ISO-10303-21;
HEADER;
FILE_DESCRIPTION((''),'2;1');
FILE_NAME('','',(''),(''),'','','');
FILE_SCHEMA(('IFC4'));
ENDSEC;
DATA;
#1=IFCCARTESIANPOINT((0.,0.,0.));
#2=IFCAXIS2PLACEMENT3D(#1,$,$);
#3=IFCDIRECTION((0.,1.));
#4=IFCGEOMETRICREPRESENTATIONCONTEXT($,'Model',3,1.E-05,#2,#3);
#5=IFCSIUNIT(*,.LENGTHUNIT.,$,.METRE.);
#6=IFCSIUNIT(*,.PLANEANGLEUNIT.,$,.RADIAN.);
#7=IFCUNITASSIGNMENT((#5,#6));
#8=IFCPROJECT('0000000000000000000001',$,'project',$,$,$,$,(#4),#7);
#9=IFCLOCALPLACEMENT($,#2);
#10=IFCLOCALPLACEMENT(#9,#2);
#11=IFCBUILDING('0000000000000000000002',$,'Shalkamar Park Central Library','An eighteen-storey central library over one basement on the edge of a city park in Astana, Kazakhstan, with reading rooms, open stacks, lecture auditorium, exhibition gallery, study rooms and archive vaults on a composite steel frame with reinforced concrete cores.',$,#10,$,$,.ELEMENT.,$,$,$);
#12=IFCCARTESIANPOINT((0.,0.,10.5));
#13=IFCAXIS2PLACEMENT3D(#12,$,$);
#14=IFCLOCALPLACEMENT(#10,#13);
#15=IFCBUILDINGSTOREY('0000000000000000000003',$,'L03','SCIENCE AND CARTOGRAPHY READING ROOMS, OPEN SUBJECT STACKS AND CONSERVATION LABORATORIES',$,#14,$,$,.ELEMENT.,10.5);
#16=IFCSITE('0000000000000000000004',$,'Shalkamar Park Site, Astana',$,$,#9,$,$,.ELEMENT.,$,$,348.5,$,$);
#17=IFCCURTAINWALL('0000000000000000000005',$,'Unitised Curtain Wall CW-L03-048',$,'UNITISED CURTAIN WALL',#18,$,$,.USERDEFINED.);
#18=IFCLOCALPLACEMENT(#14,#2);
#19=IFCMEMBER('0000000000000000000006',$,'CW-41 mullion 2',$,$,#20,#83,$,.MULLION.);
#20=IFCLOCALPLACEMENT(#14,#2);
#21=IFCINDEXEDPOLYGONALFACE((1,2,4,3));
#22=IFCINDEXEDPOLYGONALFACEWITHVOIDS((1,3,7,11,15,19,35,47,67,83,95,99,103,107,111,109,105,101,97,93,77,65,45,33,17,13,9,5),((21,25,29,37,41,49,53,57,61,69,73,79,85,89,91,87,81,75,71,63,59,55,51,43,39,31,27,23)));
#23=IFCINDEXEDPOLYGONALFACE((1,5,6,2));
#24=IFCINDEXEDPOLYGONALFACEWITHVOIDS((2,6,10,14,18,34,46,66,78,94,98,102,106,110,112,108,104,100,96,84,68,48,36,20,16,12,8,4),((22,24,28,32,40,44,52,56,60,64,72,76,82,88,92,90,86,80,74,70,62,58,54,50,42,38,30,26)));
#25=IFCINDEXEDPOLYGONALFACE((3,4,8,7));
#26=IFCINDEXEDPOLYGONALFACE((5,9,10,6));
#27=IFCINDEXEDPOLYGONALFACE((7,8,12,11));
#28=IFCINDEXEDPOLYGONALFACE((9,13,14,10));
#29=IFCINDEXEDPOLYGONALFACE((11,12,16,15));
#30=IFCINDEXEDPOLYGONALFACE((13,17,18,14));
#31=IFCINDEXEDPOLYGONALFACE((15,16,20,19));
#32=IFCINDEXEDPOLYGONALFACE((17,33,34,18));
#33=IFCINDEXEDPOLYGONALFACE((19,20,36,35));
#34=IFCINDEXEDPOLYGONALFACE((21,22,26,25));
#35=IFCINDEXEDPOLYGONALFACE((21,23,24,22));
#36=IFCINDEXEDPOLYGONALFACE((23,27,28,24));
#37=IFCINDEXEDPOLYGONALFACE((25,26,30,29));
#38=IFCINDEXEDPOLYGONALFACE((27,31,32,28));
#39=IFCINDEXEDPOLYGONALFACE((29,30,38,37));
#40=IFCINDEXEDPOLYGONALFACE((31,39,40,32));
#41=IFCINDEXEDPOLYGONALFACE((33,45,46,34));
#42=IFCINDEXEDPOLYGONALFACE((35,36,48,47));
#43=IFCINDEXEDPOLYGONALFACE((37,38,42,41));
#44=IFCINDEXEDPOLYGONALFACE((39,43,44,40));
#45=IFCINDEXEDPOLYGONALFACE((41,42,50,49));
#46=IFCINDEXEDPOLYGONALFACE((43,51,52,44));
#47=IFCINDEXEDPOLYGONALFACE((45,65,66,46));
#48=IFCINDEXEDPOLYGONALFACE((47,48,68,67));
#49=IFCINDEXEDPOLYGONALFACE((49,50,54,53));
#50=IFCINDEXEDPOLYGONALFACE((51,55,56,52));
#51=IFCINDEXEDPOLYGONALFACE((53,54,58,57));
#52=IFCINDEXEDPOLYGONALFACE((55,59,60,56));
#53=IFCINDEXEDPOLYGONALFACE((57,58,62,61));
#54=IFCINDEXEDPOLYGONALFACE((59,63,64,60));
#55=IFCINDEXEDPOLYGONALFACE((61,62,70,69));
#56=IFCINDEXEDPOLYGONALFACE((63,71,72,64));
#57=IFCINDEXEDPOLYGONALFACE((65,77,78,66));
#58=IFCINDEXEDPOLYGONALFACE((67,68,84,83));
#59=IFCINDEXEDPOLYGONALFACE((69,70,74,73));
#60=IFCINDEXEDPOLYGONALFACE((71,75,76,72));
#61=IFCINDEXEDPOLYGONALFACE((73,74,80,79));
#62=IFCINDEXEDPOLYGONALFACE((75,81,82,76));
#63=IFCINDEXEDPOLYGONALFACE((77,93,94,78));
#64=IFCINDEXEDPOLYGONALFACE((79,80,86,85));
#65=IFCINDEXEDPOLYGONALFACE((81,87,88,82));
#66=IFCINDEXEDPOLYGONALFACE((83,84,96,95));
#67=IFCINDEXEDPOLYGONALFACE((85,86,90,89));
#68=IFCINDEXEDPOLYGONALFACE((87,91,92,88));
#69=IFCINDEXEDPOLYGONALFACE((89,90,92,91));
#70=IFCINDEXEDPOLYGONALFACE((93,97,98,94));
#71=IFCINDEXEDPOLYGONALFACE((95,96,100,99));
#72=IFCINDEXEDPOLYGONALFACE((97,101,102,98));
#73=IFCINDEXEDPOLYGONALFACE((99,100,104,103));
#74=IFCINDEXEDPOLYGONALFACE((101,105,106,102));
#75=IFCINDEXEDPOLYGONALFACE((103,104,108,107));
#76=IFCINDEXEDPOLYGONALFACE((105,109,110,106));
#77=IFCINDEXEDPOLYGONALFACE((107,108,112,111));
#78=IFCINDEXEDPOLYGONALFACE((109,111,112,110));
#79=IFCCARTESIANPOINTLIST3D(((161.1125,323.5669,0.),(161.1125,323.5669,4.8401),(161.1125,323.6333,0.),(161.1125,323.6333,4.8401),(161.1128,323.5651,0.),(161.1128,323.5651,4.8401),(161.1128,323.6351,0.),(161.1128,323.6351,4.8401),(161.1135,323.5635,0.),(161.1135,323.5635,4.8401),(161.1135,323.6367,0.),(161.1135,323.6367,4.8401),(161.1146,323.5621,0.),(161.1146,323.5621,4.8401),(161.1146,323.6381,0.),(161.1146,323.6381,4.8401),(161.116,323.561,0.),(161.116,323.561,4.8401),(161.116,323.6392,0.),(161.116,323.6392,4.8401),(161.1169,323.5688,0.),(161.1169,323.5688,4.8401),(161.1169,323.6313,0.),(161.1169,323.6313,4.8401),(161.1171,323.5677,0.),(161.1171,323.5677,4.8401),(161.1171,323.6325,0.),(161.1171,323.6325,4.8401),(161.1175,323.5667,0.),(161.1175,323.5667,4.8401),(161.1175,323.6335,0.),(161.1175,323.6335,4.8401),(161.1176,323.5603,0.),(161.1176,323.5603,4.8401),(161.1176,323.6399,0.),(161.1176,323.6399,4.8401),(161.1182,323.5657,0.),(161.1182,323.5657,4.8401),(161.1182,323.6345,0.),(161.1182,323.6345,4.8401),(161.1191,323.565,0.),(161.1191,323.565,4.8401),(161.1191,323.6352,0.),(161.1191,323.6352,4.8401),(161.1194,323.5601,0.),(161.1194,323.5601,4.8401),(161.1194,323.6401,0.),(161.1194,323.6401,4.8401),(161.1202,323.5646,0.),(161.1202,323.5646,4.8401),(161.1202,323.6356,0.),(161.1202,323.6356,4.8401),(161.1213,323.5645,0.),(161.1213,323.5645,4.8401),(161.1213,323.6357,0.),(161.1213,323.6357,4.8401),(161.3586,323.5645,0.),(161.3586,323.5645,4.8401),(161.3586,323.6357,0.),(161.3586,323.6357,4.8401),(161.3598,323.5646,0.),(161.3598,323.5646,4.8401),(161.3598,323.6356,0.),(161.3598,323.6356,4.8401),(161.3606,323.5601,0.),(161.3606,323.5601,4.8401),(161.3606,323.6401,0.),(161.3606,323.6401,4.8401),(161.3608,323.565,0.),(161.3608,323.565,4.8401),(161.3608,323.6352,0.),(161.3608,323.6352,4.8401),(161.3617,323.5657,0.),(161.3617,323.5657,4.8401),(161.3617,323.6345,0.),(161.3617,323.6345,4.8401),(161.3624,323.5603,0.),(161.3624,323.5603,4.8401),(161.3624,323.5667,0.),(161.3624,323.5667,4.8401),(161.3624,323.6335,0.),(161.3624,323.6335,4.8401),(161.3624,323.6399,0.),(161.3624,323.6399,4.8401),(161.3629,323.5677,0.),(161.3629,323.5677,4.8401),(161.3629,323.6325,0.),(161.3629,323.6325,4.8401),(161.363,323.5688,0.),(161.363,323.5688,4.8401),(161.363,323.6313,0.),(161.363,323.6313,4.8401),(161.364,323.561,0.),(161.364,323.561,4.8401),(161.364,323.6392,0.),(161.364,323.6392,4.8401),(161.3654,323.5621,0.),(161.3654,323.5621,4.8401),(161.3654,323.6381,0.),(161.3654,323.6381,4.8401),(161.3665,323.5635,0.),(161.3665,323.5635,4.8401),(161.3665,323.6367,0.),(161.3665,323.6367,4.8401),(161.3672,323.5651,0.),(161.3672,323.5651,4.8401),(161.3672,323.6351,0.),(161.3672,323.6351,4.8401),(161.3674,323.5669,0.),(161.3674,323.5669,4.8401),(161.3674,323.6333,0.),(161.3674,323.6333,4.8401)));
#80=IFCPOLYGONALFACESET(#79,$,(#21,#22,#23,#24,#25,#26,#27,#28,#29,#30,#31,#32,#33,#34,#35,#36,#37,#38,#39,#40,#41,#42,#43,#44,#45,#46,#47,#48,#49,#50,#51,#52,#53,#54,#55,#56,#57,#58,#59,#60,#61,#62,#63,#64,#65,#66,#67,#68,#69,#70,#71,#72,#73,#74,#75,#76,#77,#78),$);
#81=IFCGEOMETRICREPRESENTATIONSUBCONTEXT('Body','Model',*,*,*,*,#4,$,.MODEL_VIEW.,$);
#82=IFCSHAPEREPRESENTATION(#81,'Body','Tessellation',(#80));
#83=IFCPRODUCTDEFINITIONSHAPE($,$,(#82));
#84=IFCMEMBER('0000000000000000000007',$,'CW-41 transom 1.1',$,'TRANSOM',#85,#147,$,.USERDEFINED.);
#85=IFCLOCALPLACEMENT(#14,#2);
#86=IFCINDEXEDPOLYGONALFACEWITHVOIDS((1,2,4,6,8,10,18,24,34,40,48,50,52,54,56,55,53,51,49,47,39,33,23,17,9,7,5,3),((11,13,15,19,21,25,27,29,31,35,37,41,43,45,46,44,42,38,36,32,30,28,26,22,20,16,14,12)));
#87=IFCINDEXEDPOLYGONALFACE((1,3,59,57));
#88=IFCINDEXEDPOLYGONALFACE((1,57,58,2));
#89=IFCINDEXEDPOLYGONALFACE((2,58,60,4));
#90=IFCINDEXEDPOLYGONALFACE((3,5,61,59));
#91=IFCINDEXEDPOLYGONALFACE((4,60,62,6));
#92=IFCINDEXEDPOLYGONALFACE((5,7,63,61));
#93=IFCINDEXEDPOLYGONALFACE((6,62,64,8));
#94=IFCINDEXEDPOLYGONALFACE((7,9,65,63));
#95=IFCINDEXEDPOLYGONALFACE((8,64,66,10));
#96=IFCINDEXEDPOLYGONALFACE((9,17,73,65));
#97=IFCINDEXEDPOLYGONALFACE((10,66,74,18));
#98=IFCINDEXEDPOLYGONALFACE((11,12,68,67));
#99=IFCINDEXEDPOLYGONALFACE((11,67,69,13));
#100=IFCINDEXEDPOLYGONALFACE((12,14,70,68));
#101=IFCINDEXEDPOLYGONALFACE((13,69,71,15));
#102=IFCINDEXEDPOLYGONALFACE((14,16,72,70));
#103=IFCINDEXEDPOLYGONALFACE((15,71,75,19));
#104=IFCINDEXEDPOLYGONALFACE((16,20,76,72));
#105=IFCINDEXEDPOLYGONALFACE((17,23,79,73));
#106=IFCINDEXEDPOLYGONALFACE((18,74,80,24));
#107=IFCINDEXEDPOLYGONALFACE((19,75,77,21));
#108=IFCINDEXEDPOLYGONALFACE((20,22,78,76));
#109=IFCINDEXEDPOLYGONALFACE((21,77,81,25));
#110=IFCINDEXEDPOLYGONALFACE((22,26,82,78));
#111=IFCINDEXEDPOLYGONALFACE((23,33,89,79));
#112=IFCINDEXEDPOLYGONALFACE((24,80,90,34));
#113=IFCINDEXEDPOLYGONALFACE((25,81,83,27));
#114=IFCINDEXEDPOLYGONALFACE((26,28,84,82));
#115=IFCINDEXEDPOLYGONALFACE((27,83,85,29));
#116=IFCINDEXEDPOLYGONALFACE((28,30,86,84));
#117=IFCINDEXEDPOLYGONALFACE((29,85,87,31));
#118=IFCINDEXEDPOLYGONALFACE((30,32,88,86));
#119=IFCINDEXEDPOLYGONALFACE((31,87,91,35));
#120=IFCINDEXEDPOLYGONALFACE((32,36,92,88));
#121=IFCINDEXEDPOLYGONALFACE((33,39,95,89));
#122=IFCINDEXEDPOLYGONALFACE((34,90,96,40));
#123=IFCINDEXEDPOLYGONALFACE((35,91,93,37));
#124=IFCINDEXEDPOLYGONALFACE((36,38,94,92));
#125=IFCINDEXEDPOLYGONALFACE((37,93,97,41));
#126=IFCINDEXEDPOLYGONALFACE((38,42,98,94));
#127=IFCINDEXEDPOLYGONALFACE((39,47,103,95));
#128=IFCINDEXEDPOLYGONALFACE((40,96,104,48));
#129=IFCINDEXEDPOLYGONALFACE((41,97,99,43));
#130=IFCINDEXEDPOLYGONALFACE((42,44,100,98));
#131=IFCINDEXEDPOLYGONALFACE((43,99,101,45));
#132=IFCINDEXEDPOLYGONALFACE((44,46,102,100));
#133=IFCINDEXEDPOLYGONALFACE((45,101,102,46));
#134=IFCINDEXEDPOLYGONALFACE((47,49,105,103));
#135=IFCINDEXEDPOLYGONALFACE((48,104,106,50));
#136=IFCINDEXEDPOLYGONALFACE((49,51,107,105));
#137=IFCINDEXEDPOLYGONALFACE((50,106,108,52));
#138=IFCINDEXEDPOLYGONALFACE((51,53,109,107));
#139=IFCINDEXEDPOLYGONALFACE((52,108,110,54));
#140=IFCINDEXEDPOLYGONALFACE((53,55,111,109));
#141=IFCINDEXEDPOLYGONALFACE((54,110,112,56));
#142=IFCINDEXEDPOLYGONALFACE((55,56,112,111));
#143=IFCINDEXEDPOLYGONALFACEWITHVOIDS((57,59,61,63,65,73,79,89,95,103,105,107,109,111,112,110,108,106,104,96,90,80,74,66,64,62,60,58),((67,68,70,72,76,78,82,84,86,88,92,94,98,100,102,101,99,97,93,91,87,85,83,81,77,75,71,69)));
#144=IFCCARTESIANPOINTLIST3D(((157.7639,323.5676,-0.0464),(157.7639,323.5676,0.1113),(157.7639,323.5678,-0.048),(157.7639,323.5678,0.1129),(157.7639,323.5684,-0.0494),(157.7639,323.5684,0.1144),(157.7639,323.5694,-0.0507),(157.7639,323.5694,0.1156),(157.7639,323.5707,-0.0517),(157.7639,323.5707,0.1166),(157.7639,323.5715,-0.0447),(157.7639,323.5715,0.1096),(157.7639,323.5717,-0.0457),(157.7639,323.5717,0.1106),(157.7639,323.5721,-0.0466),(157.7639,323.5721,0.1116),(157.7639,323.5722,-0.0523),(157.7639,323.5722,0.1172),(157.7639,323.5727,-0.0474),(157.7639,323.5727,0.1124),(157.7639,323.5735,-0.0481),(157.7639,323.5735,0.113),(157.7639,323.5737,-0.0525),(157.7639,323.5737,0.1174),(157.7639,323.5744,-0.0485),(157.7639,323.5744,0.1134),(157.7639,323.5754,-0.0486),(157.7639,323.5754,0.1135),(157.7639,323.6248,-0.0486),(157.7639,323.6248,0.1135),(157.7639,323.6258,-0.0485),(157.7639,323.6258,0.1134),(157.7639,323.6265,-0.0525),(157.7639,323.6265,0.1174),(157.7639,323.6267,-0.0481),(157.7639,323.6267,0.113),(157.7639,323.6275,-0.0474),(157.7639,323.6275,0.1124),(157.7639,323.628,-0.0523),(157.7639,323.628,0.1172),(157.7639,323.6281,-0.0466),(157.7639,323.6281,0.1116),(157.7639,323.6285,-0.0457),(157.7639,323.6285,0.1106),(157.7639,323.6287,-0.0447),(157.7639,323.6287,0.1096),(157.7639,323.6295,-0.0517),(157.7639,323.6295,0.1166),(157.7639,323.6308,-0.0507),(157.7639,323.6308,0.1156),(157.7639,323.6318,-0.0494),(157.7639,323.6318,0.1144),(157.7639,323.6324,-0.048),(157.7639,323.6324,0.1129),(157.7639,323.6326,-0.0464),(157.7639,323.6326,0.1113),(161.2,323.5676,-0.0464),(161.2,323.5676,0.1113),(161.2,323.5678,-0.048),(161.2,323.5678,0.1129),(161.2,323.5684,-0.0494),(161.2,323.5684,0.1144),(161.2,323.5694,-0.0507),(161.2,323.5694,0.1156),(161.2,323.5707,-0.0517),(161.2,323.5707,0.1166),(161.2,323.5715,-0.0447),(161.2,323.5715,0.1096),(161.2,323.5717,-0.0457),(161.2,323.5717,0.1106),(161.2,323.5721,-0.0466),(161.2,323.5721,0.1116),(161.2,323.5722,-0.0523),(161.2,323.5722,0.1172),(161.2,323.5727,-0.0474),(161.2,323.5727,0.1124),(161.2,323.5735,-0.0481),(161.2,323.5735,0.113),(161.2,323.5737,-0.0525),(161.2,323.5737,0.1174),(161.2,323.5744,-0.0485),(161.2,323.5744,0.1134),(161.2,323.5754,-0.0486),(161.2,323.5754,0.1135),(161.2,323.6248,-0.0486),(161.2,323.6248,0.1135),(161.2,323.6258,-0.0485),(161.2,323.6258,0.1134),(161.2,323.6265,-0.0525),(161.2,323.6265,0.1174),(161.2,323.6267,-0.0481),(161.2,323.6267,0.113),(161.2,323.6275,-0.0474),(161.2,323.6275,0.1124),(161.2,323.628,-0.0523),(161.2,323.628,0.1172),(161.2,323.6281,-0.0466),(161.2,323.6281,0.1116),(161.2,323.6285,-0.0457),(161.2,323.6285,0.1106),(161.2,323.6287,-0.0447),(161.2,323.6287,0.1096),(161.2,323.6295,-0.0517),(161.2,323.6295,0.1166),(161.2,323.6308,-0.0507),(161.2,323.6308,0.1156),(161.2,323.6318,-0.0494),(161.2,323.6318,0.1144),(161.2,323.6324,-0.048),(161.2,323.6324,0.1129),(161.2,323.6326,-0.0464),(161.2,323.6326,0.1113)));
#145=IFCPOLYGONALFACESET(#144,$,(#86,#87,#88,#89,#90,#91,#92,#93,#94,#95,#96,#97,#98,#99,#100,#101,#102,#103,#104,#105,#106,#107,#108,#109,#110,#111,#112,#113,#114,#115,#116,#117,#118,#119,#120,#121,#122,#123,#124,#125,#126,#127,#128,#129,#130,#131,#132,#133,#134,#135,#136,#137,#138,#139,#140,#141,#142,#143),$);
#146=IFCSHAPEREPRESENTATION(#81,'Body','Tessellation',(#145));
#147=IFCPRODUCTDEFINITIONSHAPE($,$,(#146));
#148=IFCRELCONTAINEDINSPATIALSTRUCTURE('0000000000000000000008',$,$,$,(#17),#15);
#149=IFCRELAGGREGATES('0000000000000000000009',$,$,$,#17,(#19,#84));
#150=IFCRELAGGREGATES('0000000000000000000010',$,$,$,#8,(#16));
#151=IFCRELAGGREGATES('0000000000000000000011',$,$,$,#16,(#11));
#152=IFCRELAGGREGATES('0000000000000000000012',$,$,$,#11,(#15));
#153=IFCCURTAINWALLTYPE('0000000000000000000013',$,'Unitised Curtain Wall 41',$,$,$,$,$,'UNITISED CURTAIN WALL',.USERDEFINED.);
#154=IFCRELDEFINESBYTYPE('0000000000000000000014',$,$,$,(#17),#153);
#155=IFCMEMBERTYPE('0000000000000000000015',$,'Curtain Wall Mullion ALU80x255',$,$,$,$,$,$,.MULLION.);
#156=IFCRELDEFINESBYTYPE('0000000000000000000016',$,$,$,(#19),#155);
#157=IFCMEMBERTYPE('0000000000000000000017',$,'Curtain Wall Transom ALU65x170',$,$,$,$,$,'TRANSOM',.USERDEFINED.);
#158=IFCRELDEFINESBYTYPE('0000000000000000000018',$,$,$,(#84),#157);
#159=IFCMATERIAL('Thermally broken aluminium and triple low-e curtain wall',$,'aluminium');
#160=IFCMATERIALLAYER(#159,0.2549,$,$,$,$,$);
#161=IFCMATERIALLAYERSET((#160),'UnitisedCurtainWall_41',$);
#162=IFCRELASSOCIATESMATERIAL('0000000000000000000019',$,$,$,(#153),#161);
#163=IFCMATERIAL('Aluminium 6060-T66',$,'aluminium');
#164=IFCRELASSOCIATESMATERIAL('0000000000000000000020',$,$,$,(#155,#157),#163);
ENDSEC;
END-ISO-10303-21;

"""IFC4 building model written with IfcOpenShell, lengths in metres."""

from ifc_helpers import new_model, si_unit, direction, frame, origin, origin_2d, place, context, subcontext, project, spatial, hollow_rectangle, extrude, material, layer, layer_set, material_profile, profile_set, type_object, element, aggregate, save


model = new_model("IFC4")

# Units and contexts
model_context = context("Model", 3, precision=1e-05, world=origin(), true_north=direction((0.0, 1.0)))
body_context = subcontext(model_context, "Body", "Model", "MODEL_VIEW")
ifc_project = project(units=[si_unit("LENGTHUNIT", "METRE"), si_unit("PLANEANGLEUNIT", "RADIAN")], contexts=[model_context])

# Site, building, storey
site_placement = place(None, origin())
site = spatial("IfcSite", under=ifc_project, at=site_placement, Name="Shalkamar Park Site, Astana", CompositionType="ELEMENT", RefElevation=348.5)
building_placement = place(site_placement, origin())
building = spatial("IfcBuilding", under=site, at=building_placement, Name="Shalkamar Park Central Library", Description="An eighteen-storey central library over one basement on the edge of a city park in Astana, Kazakhstan, with reading rooms, open stacks, lecture auditorium, exhibition gallery, study rooms and archive vaults on a composite steel frame with reinforced concrete cores.", CompositionType="ELEMENT")
storey_placement = place(building_placement, frame((0.0, 0.0, 10.5)))
storey = spatial("IfcBuildingStorey", under=building, at=storey_placement, Name="L03", Description="SCIENCE AND CARTOGRAPHY READING ROOMS, OPEN SUBJECT STACKS AND CONSERVATION LABORATORIES", CompositionType="ELEMENT", Elevation=10.5)

# Shared definitions
ifc_material_1 = material(Name="Thermally broken aluminium and triple low-e curtain wall", Category="aluminium")
ifc_material_2 = material(Name="Aluminium 6060-T66", Category="aluminium")

# Curtain wall, members
ifc_layer_1 = layer(ifc_material_1, 0.2549)
ifc_layer_set_1 = layer_set([ifc_layer_1], Name="UnitisedCurtainWall_41")
curtain_wall_type_1 = type_object("IfcCurtainWallType", Name="Unitised Curtain Wall 41", ElementType="UNITISED CURTAIN WALL", PredefinedType="USERDEFINED", material=ifc_layer_set_1)
curtain_wall_1_placement = place(storey_placement, origin())
curtain_wall_1 = element("IfcCurtainWall", 1, at=curtain_wall_1_placement, inside=storey, type_object=curtain_wall_type_1, Name="Unitised Curtain Wall CW-L03-048", ObjectType="UNITISED CURTAIN WALL", PredefinedType="USERDEFINED")
ifc_material_profile_1 = material_profile(ifc_material_2, hollow_rectangle(XDim=0.0801, YDim=0.2549, WallThickness=0.0044, InnerFilletRadius=0.0044, OuterFilletRadius=0.0068, at=origin_2d()), Name="ALU 80x255x4.5")
ifc_profile_set_1 = profile_set([ifc_material_profile_1], Name="Aluminium 6060-T66")
member_type_1 = type_object("IfcMemberType", Name="Curtain Wall Mullion ALU80x255", PredefinedType="MULLION", material=ifc_profile_set_1)
member_1_placement = place(storey_placement, frame((161.24, 323.6001, 0.0), z_axis=(0.0, 0.0, 1.0), x_axis=(0.0, 1.0, 0.0)))
member_1 = element("IfcMember", 2, at=member_1_placement, type_object=member_type_1, Name="CW-41 mullion 2", PredefinedType="MULLION", context=body_context, shape_type="SweptSolid", body=[
    extrude(hollow_rectangle(XDim=0.0801, YDim=0.2549, WallThickness=0.0044, InnerFilletRadius=0.0044, OuterFilletRadius=0.0068, at=origin_2d()), origin(), (0.0, 0.0, 1.0), 4.8401),
])
ifc_material_profile_2 = material_profile(ifc_material_2, hollow_rectangle(XDim=0.0649, YDim=0.1699, WallThickness=0.0039, InnerFilletRadius=0.0039, OuterFilletRadius=0.0061, at=origin_2d()), Name="ALU 65x170x4")
ifc_profile_set_2 = profile_set([ifc_material_profile_2], Name="Aluminium 6060-T66")
member_type_2 = type_object("IfcMemberType", Name="Curtain Wall Transom ALU65x170", ElementType="TRANSOM", PredefinedType="USERDEFINED", material=ifc_profile_set_2)
member_2_placement = place(storey_placement, frame((157.7639, 323.6001, 0.0325), z_axis=(1.0, 0.0, 0.0), x_axis=(0.0, 1.0, 0.0)))
member_2 = element("IfcMember", 3, at=member_2_placement, type_object=member_type_2, Name="CW-41 transom 1.1", ObjectType="TRANSOM", PredefinedType="USERDEFINED", context=body_context, shape_type="SweptSolid", body=[
    extrude(hollow_rectangle(XDim=0.0649, YDim=0.1699, WallThickness=0.0039, InnerFilletRadius=0.0039, OuterFilletRadius=0.0061, at=origin_2d()), origin(), (0.0, 0.0, 1.0), 3.436),
])

aggregate(curtain_wall_1, [member_1, member_2])

save(model, "model.ifc")
